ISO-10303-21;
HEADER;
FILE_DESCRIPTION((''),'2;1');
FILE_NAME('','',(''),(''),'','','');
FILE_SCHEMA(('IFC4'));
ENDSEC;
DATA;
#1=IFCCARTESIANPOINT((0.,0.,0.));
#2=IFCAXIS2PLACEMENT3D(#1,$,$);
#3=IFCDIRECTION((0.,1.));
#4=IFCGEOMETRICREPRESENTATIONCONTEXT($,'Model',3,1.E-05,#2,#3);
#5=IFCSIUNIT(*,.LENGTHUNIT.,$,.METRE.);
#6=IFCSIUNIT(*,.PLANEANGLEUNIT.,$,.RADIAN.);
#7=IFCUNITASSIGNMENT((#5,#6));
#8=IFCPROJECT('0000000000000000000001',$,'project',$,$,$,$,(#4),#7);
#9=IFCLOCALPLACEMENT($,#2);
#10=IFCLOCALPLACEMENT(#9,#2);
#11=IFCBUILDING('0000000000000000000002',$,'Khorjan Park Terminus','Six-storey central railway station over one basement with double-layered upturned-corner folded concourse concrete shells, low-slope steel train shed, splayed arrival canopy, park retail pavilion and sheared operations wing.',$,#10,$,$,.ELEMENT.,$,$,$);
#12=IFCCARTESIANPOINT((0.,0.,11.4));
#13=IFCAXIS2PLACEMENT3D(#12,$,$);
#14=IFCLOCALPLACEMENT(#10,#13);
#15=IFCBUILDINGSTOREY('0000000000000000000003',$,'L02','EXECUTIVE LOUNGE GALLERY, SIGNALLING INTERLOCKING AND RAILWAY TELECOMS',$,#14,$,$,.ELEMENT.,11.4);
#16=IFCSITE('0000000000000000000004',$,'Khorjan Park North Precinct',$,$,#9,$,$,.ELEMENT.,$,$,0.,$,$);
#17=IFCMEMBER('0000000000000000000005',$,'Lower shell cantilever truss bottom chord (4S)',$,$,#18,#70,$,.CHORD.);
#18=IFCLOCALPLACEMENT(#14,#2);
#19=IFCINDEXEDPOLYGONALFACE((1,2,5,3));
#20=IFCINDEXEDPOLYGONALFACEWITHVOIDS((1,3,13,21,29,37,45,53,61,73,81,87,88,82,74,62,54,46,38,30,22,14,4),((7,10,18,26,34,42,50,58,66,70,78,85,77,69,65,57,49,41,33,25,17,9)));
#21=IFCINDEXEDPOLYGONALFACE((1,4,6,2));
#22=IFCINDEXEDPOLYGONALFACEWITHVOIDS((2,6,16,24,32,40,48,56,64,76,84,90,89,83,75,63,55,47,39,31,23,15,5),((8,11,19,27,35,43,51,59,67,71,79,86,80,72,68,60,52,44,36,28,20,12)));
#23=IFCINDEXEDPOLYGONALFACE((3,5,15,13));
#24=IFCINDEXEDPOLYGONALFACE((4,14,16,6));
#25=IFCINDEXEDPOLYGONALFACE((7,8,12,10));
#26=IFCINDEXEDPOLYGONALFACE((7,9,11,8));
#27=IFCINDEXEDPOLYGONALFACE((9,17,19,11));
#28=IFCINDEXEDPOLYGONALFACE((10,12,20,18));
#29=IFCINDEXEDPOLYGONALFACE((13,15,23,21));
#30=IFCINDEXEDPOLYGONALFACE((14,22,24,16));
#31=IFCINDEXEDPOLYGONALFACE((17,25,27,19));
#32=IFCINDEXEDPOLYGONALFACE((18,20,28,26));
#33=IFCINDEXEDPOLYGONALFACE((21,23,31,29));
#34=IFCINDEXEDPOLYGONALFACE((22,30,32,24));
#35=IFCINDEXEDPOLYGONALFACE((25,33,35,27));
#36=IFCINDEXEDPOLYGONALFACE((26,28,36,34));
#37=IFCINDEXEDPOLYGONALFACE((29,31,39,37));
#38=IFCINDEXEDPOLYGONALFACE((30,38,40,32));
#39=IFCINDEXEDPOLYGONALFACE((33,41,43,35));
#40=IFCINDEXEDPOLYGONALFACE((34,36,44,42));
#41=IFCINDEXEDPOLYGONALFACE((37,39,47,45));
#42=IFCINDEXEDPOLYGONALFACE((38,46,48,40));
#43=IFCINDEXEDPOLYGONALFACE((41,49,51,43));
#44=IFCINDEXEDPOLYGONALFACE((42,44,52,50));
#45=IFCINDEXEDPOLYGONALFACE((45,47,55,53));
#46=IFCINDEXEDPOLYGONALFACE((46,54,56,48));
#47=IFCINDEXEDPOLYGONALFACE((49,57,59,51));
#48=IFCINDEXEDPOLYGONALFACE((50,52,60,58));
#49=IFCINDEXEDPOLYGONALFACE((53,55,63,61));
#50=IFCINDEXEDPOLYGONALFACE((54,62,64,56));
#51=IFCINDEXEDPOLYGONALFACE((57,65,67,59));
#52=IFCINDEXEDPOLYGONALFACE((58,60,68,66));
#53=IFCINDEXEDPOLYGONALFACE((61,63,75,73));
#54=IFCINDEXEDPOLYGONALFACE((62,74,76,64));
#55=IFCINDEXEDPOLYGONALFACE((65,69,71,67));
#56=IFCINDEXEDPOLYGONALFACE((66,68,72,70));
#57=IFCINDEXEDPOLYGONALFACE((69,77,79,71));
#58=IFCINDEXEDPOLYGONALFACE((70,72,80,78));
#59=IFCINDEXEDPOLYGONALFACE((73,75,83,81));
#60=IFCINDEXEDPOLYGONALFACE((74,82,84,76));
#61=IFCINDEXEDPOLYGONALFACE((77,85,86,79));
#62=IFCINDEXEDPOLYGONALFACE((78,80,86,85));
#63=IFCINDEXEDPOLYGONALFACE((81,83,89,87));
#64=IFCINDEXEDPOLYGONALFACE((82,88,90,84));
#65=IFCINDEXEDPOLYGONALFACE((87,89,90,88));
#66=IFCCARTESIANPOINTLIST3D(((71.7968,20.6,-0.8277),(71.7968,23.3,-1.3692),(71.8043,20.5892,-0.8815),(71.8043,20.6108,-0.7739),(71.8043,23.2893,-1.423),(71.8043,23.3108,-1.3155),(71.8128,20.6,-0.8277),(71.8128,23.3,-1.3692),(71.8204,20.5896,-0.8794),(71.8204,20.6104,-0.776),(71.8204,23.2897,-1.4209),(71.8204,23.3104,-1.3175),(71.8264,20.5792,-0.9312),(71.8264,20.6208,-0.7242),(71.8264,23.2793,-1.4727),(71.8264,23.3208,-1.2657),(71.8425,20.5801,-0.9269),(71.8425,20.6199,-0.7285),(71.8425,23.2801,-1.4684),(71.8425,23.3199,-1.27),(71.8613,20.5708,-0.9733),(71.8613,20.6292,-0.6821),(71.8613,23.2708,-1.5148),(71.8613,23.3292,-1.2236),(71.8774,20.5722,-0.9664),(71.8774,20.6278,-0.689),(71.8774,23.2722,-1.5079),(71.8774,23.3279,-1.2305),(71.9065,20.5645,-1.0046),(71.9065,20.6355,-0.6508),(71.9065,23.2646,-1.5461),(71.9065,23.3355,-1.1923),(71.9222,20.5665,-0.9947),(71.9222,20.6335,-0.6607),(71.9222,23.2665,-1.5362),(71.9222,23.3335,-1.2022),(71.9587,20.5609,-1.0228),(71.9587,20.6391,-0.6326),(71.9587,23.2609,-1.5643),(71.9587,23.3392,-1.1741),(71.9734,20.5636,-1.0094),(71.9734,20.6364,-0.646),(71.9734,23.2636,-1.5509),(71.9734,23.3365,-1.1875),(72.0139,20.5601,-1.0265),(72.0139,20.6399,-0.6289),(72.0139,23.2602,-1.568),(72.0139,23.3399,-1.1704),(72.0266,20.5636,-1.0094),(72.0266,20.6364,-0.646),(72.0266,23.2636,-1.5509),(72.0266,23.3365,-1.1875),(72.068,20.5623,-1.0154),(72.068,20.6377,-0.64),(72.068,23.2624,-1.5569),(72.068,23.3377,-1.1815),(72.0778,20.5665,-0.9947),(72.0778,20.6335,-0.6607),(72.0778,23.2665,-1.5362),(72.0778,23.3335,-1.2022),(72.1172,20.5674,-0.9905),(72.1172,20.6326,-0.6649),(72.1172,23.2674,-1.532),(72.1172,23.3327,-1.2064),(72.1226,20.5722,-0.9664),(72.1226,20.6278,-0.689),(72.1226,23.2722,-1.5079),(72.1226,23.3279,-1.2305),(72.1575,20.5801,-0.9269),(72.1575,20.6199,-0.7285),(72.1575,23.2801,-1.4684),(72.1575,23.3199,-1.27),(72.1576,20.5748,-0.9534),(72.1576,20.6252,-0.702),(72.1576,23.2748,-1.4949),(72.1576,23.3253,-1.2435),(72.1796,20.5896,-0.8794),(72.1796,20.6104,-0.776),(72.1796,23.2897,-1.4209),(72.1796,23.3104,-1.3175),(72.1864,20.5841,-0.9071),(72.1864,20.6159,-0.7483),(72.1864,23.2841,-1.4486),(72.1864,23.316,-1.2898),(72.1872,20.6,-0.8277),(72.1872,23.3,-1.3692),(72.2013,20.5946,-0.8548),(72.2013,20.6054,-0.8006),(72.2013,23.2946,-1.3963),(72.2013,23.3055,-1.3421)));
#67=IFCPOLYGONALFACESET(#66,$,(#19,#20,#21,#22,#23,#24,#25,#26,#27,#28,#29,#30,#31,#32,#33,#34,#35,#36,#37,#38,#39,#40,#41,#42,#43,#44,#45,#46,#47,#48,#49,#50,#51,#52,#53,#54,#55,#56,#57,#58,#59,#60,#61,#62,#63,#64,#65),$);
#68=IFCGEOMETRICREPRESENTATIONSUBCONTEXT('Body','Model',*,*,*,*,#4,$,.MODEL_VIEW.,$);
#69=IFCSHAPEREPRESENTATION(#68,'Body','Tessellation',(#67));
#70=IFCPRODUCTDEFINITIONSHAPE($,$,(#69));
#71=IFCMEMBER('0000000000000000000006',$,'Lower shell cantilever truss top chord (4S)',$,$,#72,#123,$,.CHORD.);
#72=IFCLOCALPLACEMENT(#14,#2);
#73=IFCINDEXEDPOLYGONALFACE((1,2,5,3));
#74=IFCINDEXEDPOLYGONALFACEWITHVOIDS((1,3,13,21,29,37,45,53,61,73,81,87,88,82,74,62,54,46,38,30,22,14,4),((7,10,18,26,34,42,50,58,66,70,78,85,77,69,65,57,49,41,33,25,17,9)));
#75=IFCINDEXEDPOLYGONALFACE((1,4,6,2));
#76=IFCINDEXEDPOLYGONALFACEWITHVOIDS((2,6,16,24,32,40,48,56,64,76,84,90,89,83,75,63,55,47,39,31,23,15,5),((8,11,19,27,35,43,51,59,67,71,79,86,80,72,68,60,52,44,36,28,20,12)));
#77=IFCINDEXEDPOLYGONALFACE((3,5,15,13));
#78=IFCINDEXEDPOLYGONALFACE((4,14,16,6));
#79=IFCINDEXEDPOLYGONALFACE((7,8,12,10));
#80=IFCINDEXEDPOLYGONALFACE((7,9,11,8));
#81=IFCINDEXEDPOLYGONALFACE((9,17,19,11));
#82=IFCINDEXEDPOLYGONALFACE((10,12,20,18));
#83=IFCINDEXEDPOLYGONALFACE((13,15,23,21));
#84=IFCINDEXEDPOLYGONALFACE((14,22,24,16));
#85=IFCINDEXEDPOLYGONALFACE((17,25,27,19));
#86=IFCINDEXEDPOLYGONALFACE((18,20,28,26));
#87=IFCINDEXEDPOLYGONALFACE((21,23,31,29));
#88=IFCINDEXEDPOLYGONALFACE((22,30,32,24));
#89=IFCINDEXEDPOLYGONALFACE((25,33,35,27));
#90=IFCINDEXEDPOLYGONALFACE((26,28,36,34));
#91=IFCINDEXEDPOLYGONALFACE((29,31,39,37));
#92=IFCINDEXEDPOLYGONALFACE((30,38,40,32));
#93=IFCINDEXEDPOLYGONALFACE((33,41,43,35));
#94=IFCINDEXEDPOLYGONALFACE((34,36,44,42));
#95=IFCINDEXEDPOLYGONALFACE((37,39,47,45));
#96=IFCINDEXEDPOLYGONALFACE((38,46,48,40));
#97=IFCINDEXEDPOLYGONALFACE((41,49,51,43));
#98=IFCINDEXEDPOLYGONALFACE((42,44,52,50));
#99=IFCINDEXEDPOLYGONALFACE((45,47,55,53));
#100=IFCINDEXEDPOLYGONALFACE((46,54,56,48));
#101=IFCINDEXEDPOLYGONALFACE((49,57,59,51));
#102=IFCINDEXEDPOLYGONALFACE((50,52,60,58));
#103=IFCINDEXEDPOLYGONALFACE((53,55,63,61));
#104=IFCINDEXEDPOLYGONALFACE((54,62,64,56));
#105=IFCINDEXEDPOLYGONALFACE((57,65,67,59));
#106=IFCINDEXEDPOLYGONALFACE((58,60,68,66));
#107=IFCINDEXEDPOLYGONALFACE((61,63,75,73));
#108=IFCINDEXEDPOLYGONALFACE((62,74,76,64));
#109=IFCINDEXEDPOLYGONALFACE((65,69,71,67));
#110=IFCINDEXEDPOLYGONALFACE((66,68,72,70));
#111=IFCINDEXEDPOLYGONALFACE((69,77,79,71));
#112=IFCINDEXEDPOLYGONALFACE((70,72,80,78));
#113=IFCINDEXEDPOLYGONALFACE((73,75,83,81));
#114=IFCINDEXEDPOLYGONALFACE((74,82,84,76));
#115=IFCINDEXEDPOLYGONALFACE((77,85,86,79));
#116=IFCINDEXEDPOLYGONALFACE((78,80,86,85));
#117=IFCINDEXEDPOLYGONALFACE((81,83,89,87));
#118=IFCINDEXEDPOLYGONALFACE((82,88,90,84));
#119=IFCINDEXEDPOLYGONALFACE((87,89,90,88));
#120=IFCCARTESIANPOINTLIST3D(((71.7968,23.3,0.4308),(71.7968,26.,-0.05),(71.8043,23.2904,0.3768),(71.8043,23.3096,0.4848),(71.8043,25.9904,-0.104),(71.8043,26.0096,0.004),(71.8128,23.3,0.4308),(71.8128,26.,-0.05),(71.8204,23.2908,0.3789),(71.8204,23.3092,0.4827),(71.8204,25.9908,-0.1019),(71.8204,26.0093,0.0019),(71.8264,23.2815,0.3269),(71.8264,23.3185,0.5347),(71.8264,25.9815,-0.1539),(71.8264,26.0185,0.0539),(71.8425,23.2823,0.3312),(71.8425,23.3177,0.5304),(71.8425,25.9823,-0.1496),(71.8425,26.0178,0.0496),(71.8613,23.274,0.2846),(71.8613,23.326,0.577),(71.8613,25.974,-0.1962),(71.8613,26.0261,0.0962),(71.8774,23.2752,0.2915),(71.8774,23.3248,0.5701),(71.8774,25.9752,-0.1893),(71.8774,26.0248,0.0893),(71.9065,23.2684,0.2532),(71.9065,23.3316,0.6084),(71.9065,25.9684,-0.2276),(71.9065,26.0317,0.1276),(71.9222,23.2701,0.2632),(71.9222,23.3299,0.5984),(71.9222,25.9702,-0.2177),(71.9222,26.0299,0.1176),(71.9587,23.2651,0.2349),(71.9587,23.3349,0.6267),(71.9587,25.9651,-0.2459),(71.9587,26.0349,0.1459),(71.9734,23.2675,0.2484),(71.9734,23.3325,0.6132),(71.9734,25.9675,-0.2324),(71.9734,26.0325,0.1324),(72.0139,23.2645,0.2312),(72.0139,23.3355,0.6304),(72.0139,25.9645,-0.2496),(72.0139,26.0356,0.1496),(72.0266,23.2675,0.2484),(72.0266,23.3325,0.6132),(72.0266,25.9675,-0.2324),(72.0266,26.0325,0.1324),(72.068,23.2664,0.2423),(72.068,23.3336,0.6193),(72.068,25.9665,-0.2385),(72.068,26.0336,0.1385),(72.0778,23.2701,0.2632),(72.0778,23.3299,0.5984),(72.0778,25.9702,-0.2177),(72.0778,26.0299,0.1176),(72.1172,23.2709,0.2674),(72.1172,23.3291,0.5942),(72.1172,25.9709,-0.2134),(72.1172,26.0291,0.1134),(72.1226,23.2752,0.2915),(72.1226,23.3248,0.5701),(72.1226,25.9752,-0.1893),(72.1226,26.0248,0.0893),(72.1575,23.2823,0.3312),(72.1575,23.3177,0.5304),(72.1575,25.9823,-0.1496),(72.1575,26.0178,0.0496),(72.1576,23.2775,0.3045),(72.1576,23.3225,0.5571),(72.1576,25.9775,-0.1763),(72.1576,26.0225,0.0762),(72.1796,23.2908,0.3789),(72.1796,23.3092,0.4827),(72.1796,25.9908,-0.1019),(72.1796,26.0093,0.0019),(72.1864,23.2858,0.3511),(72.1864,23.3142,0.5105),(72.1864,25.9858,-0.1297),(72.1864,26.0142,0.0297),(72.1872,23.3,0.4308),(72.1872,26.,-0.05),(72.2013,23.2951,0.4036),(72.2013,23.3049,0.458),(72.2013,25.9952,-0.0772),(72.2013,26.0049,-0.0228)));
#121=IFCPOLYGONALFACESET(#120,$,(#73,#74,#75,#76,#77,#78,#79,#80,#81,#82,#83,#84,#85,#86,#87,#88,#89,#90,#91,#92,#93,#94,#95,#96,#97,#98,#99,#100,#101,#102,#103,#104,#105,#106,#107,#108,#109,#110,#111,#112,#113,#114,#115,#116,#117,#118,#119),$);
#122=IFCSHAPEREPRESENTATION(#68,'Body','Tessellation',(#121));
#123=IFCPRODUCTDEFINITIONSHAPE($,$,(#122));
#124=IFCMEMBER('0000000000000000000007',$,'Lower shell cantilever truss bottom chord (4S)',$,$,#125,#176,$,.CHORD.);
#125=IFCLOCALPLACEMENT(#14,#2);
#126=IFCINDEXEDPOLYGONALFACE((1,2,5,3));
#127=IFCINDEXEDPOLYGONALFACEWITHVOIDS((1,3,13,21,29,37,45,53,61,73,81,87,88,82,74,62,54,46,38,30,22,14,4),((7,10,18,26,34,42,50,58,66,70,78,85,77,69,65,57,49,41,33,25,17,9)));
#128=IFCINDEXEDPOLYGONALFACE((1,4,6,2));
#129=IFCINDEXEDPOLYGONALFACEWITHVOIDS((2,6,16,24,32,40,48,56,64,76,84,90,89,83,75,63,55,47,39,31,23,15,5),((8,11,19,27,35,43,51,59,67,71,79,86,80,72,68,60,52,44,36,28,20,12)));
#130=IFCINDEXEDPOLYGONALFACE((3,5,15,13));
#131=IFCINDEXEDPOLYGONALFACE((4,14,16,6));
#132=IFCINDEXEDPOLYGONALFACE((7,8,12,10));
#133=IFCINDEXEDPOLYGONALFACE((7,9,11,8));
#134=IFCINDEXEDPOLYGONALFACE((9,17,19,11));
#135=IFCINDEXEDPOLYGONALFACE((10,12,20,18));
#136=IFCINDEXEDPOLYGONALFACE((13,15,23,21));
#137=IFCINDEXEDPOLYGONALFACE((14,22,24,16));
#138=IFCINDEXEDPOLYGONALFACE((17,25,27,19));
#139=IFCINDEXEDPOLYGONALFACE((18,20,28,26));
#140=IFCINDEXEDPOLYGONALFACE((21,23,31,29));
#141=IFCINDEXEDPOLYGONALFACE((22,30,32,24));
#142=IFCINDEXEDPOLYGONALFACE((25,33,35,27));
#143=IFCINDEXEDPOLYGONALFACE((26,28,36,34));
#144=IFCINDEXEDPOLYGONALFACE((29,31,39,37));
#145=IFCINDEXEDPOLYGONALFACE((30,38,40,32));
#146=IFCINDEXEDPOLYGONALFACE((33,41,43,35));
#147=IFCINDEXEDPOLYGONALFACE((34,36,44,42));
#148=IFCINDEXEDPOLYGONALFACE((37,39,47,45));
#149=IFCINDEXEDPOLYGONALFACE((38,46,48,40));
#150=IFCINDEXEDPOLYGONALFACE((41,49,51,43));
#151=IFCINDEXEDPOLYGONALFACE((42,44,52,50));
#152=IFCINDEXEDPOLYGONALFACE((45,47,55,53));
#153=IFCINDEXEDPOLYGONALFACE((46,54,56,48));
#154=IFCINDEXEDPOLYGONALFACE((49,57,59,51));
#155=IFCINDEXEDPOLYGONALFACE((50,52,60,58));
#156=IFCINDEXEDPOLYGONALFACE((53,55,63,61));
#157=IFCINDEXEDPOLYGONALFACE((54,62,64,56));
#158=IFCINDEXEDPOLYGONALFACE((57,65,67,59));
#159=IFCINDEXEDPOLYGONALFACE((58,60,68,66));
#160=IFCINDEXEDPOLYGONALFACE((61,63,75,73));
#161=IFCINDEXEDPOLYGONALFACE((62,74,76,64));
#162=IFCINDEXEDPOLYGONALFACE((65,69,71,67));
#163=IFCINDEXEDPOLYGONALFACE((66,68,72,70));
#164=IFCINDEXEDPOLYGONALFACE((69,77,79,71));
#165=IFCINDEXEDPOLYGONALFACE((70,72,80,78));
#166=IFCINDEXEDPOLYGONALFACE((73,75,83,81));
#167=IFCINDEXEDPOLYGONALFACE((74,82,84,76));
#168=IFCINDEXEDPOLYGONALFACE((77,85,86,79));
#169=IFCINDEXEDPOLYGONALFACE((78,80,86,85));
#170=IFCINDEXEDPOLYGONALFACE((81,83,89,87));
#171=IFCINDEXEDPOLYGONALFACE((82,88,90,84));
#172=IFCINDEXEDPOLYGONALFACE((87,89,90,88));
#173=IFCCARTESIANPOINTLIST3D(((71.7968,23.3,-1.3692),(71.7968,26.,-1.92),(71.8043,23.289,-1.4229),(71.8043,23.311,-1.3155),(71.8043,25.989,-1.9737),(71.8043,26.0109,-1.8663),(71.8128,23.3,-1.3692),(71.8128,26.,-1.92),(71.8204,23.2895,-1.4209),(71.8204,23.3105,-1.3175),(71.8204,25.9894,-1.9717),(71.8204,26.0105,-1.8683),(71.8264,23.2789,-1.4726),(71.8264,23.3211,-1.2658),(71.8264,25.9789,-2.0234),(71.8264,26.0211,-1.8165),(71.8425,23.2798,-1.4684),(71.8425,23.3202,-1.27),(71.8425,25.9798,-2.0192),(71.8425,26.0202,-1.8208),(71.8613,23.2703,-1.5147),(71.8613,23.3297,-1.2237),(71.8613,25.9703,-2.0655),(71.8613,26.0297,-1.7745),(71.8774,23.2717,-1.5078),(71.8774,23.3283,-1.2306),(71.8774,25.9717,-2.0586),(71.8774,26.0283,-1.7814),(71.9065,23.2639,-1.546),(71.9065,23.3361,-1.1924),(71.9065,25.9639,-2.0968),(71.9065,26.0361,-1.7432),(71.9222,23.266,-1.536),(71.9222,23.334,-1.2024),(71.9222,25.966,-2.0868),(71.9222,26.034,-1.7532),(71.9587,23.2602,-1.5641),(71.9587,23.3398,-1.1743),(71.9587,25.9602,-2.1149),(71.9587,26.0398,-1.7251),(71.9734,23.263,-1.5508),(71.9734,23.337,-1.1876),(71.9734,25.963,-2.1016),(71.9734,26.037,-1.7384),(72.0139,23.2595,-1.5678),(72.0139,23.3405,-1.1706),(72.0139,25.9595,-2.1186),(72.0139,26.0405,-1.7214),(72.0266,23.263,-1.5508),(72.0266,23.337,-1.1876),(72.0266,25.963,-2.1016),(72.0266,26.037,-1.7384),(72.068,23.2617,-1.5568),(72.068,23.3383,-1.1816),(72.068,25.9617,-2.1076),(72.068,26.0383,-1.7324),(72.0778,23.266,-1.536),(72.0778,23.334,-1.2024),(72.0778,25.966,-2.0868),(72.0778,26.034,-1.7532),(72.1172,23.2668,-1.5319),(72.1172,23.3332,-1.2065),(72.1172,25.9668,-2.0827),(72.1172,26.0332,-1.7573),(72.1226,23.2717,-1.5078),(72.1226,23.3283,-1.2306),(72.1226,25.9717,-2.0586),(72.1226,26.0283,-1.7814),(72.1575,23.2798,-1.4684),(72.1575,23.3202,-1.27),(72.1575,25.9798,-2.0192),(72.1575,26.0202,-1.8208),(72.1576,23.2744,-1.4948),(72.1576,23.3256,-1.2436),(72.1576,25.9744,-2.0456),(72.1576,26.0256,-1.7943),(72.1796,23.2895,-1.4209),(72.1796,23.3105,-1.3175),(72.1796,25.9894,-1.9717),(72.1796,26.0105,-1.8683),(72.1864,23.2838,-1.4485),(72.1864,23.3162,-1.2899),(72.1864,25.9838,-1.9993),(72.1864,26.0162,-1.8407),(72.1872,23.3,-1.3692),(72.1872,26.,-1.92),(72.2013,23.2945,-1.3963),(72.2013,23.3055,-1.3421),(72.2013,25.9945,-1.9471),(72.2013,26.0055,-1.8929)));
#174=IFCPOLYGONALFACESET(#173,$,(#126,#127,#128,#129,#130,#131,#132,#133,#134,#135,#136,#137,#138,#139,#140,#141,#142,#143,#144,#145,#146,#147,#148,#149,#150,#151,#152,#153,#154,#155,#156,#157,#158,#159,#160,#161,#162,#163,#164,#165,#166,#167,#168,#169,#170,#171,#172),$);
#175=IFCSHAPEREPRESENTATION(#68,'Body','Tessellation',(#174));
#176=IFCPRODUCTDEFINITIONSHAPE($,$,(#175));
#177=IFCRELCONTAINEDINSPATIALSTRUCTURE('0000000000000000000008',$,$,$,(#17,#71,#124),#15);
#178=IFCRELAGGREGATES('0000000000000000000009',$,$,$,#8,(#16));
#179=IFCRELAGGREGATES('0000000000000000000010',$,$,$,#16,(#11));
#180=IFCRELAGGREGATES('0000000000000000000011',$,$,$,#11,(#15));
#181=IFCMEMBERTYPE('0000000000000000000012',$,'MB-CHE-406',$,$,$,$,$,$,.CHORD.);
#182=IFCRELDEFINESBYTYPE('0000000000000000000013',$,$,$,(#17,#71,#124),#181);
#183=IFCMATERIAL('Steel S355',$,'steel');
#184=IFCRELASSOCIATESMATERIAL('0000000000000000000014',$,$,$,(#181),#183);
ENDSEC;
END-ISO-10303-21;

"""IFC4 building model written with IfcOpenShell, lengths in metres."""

from ifc_helpers import new_model, si_unit, direction, frame, origin, origin_2d, place, context, subcontext, project, spatial, hollow_circle, extrude, material, material_profile, profile_set, type_object, element, save


model = new_model("IFC4")

# Units and contexts
model_context = context("Model", 3, precision=1e-05, world=origin(), true_north=direction((0.0, 1.0)))
body_context = subcontext(model_context, "Body", "Model", "MODEL_VIEW")
ifc_project = project(units=[si_unit("LENGTHUNIT", "METRE"), si_unit("PLANEANGLEUNIT", "RADIAN")], contexts=[model_context])

# Site, building, storey
site_placement = place(None, origin())
site = spatial("IfcSite", under=ifc_project, at=site_placement, Name="Khorjan Park North Precinct", CompositionType="ELEMENT", RefElevation=0.0)
building_placement = place(site_placement, origin())
building = spatial("IfcBuilding", under=site, at=building_placement, Name="Khorjan Park Terminus", Description="Six-storey central railway station over one basement with double-layered upturned-corner folded concourse concrete shells, low-slope steel train shed, splayed arrival canopy, park retail pavilion and sheared operations wing.", CompositionType="ELEMENT")
storey_placement = place(building_placement, frame((0.0, 0.0, 11.4)))
storey = spatial("IfcBuildingStorey", under=building, at=storey_placement, Name="L02", Description="EXECUTIVE LOUNGE GALLERY, SIGNALLING INTERLOCKING AND RAILWAY TELECOMS", CompositionType="ELEMENT", Elevation=11.4)

# Members
ifc_material_1 = material(Name="Steel S355", Category="steel")
ifc_material_profile_1 = material_profile(ifc_material_1, hollow_circle(Radius=0.2032, WallThickness=0.016, at=origin_2d()), Name="CHS 406.4x16")
ifc_profile_set_1 = profile_set([ifc_material_profile_1], Name="Steel S355")
member_type_1 = type_object("IfcMemberType", Name="MB-CHE-406", PredefinedType="CHORD", material=ifc_profile_set_1)
for number, where, z_axis, x_axis, name in (
    (1, (72.0, 20.6, -0.8277), (0.0, 0.980476, -0.19664), (-1.0, 0.0, 0.0), "Lower shell cantilever truss bottom chord (4S)"),
):
    element("IfcMember", number, at=place(storey_placement, frame(where, z_axis=z_axis, x_axis=x_axis)), inside=storey, type_object=member_type_1, Name=name, PredefinedType="CHORD", context=body_context, shape_type="SweptSolid", body=[
        extrude(hollow_circle(Radius=0.2032, WallThickness=0.016, at=origin_2d()), origin(), (0.0, 0.0, 1.0), 2.7538),
    ])
member_1_placement = place(storey_placement, frame((72.0, 23.3, 0.4308), z_axis=(0.0, 0.984512, -0.175316), x_axis=(-1.0, 0.0, 0.0)))
element("IfcMember", 2, at=member_1_placement, inside=storey, type_object=member_type_1, Name="Lower shell cantilever truss top chord (4S)", PredefinedType="CHORD", context=body_context, shape_type="SweptSolid", body=[
    extrude(hollow_circle(Radius=0.2032, WallThickness=0.016, at=origin_2d()), origin(), (0.0, 0.0, 1.0), 2.7425),
])
member_2_placement = place(storey_placement, frame((72.0, 23.3, -1.3692), z_axis=(0.0, 0.97982, -0.199883), x_axis=(-1.0, 0.0, 0.0)))
element("IfcMember", 3, at=member_2_placement, inside=storey, type_object=member_type_1, Name="Lower shell cantilever truss bottom chord (4S)", PredefinedType="CHORD", context=body_context, shape_type="SweptSolid", body=[
    extrude(hollow_circle(Radius=0.2032, WallThickness=0.016, at=origin_2d()), origin(), (0.0, 0.0, 1.0), 2.7556),
])

save(model, "model.ifc")
